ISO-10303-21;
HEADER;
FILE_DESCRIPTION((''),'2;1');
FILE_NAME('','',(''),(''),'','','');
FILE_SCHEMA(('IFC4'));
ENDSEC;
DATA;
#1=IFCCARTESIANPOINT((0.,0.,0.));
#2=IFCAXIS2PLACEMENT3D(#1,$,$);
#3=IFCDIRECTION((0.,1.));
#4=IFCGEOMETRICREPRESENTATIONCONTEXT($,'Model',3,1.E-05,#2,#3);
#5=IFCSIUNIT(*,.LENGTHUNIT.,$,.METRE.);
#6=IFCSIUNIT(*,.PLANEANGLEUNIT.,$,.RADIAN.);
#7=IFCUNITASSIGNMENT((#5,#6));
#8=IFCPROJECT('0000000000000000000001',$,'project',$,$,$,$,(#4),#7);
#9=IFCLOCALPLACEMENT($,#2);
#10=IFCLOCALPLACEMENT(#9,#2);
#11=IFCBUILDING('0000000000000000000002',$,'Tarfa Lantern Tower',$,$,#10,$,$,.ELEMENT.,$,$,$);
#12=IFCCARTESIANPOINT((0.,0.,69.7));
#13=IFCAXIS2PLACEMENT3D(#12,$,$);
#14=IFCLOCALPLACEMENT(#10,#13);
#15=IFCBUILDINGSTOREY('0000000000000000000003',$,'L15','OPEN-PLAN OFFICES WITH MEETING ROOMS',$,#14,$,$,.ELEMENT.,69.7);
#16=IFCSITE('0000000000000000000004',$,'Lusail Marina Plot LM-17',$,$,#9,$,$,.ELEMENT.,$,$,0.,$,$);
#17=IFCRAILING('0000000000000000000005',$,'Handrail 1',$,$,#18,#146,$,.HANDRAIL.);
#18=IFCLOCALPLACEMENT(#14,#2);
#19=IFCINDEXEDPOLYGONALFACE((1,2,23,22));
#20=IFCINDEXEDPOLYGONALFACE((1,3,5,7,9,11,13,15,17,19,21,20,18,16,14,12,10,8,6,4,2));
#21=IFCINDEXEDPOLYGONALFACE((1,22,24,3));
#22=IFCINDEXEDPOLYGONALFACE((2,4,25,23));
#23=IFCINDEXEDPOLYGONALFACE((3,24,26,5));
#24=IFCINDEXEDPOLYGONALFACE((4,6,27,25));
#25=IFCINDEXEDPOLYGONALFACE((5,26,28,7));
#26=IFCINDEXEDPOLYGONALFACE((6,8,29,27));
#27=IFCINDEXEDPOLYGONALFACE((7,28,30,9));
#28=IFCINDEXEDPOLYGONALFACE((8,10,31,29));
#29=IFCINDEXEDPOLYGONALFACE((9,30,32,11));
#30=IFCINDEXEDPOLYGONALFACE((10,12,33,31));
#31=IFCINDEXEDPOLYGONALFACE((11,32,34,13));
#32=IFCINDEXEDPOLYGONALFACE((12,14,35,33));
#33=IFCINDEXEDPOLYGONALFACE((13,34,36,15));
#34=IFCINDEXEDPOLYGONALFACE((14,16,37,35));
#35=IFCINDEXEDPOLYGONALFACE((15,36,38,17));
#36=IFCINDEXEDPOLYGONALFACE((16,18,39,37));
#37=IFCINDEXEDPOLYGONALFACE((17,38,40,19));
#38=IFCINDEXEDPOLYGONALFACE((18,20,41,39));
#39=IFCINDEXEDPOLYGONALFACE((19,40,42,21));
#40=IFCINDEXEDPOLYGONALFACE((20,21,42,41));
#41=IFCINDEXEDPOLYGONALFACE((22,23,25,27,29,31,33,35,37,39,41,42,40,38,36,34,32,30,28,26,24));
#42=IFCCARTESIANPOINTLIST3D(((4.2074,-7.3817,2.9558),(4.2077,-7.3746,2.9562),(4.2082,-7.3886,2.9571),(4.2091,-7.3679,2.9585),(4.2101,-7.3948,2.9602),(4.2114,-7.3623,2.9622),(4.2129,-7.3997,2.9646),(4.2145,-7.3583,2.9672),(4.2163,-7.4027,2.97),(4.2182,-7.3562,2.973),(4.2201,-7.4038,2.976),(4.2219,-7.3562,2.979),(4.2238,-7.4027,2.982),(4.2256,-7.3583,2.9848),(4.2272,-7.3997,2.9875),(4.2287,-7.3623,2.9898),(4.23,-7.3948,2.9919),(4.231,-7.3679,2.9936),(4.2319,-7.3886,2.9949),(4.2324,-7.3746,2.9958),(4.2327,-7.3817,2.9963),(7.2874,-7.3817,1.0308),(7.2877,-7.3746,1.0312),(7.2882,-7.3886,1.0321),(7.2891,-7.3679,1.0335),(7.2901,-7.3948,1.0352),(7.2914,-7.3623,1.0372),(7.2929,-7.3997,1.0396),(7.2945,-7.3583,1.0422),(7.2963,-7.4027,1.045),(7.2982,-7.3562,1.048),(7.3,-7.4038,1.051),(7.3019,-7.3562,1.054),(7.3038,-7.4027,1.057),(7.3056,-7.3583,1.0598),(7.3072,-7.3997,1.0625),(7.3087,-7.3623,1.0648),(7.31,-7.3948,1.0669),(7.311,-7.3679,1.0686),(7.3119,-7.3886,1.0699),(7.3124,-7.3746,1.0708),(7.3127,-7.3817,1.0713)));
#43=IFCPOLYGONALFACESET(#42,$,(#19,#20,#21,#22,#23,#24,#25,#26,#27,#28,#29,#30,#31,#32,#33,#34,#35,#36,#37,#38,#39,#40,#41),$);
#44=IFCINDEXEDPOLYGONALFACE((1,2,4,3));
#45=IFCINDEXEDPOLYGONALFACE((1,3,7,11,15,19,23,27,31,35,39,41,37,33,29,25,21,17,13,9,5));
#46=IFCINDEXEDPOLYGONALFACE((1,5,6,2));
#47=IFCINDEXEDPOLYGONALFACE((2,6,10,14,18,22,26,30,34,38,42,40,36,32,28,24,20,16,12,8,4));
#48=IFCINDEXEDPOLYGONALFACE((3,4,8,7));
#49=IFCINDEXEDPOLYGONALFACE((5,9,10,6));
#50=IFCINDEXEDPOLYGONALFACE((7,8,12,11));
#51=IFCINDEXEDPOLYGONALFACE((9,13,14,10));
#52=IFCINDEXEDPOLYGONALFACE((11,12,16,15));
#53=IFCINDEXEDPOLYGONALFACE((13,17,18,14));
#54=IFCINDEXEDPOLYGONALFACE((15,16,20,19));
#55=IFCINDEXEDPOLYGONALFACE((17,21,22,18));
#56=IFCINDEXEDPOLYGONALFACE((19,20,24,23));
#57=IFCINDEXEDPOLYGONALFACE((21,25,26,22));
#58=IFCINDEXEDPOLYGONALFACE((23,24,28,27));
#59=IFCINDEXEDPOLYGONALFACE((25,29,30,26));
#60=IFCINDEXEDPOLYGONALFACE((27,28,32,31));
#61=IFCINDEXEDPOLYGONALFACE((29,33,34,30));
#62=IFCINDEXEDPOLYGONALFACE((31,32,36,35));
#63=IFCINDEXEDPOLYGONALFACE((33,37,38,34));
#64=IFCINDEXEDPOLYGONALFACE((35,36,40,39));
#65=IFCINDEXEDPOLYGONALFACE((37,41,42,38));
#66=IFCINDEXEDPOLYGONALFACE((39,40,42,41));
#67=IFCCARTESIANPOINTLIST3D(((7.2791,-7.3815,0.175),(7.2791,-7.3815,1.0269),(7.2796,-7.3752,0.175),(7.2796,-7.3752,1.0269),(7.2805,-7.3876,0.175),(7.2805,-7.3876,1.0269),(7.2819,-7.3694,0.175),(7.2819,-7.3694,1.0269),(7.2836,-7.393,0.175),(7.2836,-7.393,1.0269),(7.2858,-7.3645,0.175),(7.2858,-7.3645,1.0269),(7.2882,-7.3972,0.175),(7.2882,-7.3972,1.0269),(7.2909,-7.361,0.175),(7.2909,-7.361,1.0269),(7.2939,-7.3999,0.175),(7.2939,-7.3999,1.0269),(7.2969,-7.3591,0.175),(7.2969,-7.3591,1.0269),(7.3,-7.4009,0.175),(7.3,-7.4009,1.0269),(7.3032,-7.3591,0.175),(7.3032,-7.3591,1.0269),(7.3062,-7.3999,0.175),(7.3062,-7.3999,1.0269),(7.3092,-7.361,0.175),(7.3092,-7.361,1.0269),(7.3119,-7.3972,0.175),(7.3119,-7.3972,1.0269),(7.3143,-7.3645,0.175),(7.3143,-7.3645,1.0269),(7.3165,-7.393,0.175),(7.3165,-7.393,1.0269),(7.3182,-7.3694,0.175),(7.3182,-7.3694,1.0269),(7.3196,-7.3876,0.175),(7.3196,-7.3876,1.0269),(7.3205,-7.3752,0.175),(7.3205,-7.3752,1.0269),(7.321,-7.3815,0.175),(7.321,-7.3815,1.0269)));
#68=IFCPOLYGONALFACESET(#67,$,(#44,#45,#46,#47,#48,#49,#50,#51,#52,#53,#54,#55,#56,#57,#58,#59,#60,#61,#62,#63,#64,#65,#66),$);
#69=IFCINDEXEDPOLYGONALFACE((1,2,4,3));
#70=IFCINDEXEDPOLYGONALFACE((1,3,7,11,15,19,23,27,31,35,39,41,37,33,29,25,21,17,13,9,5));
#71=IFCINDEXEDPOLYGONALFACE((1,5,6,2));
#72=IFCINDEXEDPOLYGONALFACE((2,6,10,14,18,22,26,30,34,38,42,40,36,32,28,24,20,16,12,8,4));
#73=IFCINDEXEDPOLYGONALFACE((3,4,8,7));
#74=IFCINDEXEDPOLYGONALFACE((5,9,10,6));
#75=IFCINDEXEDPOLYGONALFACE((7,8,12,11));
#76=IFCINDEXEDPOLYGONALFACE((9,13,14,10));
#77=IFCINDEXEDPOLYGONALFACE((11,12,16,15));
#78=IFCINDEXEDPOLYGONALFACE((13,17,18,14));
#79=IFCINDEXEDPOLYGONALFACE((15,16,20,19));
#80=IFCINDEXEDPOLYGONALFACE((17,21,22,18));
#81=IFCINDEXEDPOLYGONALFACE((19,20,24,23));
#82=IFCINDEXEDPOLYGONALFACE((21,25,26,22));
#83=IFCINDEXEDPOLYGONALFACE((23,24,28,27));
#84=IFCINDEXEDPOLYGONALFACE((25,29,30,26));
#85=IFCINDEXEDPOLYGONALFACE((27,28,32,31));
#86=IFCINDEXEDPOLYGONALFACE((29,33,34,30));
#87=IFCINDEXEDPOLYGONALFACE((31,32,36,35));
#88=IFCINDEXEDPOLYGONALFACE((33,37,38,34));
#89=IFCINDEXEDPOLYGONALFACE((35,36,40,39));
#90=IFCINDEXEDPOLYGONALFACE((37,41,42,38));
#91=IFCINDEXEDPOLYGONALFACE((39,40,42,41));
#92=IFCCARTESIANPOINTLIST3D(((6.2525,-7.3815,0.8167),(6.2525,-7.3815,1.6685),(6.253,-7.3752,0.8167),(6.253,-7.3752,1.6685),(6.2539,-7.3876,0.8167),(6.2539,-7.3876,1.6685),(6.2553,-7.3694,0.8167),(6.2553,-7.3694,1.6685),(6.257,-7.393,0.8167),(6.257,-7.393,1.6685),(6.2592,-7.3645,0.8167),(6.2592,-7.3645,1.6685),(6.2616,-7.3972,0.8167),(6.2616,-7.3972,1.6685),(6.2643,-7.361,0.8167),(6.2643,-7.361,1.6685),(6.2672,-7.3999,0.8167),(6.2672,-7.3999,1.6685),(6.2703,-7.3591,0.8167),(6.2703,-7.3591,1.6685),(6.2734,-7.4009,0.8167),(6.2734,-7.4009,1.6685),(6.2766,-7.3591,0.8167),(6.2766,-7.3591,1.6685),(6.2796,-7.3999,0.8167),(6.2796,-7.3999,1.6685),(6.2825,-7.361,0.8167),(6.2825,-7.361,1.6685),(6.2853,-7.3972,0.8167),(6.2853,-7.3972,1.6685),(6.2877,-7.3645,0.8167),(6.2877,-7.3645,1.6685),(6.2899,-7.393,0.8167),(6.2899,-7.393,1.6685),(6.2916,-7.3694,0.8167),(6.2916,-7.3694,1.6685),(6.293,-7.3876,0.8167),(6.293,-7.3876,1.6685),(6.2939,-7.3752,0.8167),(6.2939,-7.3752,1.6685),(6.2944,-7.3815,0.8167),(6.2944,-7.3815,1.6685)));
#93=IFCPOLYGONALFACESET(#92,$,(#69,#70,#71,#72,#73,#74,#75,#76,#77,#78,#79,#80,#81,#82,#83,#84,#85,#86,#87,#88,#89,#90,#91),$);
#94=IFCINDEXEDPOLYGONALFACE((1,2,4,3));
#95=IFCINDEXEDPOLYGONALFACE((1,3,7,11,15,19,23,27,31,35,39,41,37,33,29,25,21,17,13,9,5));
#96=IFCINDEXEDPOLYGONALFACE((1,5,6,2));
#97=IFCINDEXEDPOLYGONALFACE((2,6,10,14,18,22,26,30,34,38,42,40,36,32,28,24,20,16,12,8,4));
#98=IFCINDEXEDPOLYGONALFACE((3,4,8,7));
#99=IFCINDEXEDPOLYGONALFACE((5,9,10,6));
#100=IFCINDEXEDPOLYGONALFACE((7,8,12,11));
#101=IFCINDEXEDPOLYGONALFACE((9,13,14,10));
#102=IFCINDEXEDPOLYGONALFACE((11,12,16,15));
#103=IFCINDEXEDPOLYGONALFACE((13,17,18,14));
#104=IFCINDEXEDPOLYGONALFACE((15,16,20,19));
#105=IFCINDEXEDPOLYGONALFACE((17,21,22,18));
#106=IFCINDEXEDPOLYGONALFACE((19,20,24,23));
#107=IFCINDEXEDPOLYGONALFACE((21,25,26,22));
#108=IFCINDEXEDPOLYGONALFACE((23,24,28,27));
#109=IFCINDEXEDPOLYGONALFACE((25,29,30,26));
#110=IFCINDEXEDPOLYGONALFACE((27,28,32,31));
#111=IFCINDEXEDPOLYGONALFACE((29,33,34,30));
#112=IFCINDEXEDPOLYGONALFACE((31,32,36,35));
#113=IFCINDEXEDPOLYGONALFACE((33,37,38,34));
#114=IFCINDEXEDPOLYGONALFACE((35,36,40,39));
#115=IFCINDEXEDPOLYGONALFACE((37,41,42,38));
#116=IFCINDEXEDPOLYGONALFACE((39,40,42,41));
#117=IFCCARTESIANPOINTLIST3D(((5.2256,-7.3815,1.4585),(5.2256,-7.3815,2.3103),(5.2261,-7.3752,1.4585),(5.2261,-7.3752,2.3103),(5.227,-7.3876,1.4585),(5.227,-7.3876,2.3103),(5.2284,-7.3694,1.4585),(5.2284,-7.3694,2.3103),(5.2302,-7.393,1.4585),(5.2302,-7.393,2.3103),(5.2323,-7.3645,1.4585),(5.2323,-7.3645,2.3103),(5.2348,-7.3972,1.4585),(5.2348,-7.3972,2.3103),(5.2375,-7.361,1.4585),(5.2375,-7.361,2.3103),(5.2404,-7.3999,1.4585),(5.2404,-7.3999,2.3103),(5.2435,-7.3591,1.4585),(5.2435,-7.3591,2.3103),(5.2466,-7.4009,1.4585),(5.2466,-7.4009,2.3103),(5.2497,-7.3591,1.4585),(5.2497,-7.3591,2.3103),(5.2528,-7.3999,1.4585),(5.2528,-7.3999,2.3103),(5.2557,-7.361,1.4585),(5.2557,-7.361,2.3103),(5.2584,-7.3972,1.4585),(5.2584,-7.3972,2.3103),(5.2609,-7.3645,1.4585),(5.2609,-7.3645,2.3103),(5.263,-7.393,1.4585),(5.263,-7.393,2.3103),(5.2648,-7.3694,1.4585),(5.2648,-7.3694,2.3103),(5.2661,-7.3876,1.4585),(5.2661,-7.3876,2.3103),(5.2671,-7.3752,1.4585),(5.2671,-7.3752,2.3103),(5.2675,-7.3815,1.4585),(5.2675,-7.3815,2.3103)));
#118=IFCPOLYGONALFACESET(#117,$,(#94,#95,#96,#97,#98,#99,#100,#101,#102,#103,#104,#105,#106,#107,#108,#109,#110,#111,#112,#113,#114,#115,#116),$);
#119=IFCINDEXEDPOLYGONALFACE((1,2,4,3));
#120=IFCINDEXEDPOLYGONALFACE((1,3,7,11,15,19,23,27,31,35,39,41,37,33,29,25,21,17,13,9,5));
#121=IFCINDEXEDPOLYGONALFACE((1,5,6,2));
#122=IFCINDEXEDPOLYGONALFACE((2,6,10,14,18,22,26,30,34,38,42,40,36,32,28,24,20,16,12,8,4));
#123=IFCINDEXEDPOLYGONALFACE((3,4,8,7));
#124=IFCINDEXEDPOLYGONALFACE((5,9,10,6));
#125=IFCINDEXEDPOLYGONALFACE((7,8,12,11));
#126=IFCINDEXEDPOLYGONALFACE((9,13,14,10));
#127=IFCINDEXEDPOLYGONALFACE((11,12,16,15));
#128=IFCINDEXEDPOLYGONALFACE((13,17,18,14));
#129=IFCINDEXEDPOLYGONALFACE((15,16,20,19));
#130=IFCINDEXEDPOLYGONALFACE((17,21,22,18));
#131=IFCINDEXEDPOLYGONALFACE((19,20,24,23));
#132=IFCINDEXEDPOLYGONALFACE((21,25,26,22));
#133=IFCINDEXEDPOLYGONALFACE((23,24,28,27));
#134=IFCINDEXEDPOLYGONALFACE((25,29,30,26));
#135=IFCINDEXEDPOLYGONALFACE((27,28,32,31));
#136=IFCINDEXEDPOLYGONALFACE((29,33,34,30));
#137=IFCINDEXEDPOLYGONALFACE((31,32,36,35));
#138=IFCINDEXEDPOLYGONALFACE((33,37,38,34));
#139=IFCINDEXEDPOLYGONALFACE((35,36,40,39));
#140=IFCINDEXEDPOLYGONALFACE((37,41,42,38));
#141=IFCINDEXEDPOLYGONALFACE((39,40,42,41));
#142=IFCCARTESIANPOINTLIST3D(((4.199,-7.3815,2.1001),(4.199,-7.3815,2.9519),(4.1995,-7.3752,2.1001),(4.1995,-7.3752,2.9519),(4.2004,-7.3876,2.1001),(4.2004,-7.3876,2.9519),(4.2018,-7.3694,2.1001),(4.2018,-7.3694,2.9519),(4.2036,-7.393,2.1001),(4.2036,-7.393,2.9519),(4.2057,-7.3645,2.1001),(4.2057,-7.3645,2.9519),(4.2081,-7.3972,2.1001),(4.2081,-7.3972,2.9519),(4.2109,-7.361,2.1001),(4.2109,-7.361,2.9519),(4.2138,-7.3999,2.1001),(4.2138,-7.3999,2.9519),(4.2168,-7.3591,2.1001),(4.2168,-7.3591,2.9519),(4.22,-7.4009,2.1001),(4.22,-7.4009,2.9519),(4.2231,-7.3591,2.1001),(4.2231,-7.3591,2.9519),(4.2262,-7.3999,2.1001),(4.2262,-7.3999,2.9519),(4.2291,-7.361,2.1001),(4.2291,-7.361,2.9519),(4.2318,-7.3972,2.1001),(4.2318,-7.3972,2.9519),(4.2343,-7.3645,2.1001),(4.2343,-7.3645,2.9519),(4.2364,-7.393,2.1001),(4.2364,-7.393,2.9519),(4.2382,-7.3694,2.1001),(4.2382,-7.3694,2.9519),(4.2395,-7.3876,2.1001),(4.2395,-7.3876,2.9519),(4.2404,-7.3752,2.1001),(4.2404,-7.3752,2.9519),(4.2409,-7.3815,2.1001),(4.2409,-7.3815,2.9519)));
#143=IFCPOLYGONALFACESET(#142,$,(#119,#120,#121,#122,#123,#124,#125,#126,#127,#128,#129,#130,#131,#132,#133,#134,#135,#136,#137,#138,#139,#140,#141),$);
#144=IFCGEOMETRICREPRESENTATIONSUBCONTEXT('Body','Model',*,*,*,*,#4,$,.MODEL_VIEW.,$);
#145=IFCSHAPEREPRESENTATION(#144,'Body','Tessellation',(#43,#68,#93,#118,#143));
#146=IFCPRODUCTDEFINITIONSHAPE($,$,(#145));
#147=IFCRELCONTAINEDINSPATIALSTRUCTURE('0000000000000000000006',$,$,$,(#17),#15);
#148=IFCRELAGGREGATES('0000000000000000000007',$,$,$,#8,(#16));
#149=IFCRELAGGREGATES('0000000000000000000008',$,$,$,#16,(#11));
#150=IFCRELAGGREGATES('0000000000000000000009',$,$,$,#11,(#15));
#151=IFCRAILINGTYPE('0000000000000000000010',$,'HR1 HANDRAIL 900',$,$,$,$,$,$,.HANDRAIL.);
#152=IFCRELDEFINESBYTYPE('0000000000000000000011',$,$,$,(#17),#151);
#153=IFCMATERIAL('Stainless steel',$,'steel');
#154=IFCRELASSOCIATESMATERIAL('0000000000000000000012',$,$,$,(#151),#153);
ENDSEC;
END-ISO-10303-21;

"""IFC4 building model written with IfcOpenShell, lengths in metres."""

from ifc_helpers import new_model, si_unit, direction, frame, origin, origin_2d, place, context, subcontext, project, spatial, circle, extrude, material, type_object, element, save


model = new_model("IFC4")

# Units and contexts
model_context = context("Model", 3, precision=1e-05, world=origin(), true_north=direction((0.0, 1.0)))
body_context = subcontext(model_context, "Body", "Model", "MODEL_VIEW")
ifc_project = project(units=[si_unit("LENGTHUNIT", "METRE"), si_unit("PLANEANGLEUNIT", "RADIAN")], contexts=[model_context])

# Site, building, storey
site_placement = place(None, origin())
site = spatial("IfcSite", under=ifc_project, at=site_placement, Name="Lusail Marina Plot LM-17", CompositionType="ELEMENT", RefElevation=0.0)
building_placement = place(site_placement, origin())
building = spatial("IfcBuilding", under=site, at=building_placement, Name="Tarfa Lantern Tower", CompositionType="ELEMENT")
storey_placement = place(building_placement, frame((0.0, 0.0, 69.7)))
storey = spatial("IfcBuildingStorey", under=building, at=storey_placement, Name="L15", Description="OPEN-PLAN OFFICES WITH MEETING ROOMS", CompositionType="ELEMENT", Elevation=69.7)

# Railing
ifc_material_1 = material(Name="Stainless steel", Category="steel")
railing_type = type_object("IfcRailingType", Name="HR1 HANDRAIL 900", PredefinedType="HANDRAIL", material=ifc_material_1)
railing_1_placement = place(storey_placement, frame((7.3, -7.3799, 0.175)))
element("IfcRailing", 1, at=railing_1_placement, inside=storey, type_object=railing_type, Name="Handrail 1", PredefinedType="HANDRAIL", context=body_context, shape_type="SweptSolid", body=[
    extrude(circle(Radius=0.0239, at=origin_2d()), frame((0.0, 0.0, 0.876), z_axis=(-0.847998, 0.0, 0.529999), x_axis=(0.0, -1.0, 0.0)), (0.0, 0.0, 1.0), 3.6321),
    extrude(circle(Radius=0.021, at=origin_2d()), frame((0.0, 0.0, 0.0), z_axis=(0.0, 0.0, 1.0), x_axis=(0.0, -1.0, 0.0)), (0.0, 0.0, 1.0), 0.8518),
    extrude(circle(Radius=0.021, at=origin_2d()), frame((-1.0266, 0.0, 0.6416), z_axis=(0.0, 0.0, 1.0), x_axis=(0.0, -1.0, 0.0)), (0.0, 0.0, 1.0), 0.8518),
    extrude(circle(Radius=0.021, at=origin_2d()), frame((-2.0535, 0.0, 1.2834), z_axis=(0.0, 0.0, 1.0), x_axis=(0.0, -1.0, 0.0)), (0.0, 0.0, 1.0), 0.8518),
    extrude(circle(Radius=0.021, at=origin_2d()), frame((-3.0801, 0.0, 1.925), z_axis=(0.0, 0.0, 1.0), x_axis=(0.0, -1.0, 0.0)), (0.0, 0.0, 1.0), 0.8518),
])

save(model, "model.ifc")
